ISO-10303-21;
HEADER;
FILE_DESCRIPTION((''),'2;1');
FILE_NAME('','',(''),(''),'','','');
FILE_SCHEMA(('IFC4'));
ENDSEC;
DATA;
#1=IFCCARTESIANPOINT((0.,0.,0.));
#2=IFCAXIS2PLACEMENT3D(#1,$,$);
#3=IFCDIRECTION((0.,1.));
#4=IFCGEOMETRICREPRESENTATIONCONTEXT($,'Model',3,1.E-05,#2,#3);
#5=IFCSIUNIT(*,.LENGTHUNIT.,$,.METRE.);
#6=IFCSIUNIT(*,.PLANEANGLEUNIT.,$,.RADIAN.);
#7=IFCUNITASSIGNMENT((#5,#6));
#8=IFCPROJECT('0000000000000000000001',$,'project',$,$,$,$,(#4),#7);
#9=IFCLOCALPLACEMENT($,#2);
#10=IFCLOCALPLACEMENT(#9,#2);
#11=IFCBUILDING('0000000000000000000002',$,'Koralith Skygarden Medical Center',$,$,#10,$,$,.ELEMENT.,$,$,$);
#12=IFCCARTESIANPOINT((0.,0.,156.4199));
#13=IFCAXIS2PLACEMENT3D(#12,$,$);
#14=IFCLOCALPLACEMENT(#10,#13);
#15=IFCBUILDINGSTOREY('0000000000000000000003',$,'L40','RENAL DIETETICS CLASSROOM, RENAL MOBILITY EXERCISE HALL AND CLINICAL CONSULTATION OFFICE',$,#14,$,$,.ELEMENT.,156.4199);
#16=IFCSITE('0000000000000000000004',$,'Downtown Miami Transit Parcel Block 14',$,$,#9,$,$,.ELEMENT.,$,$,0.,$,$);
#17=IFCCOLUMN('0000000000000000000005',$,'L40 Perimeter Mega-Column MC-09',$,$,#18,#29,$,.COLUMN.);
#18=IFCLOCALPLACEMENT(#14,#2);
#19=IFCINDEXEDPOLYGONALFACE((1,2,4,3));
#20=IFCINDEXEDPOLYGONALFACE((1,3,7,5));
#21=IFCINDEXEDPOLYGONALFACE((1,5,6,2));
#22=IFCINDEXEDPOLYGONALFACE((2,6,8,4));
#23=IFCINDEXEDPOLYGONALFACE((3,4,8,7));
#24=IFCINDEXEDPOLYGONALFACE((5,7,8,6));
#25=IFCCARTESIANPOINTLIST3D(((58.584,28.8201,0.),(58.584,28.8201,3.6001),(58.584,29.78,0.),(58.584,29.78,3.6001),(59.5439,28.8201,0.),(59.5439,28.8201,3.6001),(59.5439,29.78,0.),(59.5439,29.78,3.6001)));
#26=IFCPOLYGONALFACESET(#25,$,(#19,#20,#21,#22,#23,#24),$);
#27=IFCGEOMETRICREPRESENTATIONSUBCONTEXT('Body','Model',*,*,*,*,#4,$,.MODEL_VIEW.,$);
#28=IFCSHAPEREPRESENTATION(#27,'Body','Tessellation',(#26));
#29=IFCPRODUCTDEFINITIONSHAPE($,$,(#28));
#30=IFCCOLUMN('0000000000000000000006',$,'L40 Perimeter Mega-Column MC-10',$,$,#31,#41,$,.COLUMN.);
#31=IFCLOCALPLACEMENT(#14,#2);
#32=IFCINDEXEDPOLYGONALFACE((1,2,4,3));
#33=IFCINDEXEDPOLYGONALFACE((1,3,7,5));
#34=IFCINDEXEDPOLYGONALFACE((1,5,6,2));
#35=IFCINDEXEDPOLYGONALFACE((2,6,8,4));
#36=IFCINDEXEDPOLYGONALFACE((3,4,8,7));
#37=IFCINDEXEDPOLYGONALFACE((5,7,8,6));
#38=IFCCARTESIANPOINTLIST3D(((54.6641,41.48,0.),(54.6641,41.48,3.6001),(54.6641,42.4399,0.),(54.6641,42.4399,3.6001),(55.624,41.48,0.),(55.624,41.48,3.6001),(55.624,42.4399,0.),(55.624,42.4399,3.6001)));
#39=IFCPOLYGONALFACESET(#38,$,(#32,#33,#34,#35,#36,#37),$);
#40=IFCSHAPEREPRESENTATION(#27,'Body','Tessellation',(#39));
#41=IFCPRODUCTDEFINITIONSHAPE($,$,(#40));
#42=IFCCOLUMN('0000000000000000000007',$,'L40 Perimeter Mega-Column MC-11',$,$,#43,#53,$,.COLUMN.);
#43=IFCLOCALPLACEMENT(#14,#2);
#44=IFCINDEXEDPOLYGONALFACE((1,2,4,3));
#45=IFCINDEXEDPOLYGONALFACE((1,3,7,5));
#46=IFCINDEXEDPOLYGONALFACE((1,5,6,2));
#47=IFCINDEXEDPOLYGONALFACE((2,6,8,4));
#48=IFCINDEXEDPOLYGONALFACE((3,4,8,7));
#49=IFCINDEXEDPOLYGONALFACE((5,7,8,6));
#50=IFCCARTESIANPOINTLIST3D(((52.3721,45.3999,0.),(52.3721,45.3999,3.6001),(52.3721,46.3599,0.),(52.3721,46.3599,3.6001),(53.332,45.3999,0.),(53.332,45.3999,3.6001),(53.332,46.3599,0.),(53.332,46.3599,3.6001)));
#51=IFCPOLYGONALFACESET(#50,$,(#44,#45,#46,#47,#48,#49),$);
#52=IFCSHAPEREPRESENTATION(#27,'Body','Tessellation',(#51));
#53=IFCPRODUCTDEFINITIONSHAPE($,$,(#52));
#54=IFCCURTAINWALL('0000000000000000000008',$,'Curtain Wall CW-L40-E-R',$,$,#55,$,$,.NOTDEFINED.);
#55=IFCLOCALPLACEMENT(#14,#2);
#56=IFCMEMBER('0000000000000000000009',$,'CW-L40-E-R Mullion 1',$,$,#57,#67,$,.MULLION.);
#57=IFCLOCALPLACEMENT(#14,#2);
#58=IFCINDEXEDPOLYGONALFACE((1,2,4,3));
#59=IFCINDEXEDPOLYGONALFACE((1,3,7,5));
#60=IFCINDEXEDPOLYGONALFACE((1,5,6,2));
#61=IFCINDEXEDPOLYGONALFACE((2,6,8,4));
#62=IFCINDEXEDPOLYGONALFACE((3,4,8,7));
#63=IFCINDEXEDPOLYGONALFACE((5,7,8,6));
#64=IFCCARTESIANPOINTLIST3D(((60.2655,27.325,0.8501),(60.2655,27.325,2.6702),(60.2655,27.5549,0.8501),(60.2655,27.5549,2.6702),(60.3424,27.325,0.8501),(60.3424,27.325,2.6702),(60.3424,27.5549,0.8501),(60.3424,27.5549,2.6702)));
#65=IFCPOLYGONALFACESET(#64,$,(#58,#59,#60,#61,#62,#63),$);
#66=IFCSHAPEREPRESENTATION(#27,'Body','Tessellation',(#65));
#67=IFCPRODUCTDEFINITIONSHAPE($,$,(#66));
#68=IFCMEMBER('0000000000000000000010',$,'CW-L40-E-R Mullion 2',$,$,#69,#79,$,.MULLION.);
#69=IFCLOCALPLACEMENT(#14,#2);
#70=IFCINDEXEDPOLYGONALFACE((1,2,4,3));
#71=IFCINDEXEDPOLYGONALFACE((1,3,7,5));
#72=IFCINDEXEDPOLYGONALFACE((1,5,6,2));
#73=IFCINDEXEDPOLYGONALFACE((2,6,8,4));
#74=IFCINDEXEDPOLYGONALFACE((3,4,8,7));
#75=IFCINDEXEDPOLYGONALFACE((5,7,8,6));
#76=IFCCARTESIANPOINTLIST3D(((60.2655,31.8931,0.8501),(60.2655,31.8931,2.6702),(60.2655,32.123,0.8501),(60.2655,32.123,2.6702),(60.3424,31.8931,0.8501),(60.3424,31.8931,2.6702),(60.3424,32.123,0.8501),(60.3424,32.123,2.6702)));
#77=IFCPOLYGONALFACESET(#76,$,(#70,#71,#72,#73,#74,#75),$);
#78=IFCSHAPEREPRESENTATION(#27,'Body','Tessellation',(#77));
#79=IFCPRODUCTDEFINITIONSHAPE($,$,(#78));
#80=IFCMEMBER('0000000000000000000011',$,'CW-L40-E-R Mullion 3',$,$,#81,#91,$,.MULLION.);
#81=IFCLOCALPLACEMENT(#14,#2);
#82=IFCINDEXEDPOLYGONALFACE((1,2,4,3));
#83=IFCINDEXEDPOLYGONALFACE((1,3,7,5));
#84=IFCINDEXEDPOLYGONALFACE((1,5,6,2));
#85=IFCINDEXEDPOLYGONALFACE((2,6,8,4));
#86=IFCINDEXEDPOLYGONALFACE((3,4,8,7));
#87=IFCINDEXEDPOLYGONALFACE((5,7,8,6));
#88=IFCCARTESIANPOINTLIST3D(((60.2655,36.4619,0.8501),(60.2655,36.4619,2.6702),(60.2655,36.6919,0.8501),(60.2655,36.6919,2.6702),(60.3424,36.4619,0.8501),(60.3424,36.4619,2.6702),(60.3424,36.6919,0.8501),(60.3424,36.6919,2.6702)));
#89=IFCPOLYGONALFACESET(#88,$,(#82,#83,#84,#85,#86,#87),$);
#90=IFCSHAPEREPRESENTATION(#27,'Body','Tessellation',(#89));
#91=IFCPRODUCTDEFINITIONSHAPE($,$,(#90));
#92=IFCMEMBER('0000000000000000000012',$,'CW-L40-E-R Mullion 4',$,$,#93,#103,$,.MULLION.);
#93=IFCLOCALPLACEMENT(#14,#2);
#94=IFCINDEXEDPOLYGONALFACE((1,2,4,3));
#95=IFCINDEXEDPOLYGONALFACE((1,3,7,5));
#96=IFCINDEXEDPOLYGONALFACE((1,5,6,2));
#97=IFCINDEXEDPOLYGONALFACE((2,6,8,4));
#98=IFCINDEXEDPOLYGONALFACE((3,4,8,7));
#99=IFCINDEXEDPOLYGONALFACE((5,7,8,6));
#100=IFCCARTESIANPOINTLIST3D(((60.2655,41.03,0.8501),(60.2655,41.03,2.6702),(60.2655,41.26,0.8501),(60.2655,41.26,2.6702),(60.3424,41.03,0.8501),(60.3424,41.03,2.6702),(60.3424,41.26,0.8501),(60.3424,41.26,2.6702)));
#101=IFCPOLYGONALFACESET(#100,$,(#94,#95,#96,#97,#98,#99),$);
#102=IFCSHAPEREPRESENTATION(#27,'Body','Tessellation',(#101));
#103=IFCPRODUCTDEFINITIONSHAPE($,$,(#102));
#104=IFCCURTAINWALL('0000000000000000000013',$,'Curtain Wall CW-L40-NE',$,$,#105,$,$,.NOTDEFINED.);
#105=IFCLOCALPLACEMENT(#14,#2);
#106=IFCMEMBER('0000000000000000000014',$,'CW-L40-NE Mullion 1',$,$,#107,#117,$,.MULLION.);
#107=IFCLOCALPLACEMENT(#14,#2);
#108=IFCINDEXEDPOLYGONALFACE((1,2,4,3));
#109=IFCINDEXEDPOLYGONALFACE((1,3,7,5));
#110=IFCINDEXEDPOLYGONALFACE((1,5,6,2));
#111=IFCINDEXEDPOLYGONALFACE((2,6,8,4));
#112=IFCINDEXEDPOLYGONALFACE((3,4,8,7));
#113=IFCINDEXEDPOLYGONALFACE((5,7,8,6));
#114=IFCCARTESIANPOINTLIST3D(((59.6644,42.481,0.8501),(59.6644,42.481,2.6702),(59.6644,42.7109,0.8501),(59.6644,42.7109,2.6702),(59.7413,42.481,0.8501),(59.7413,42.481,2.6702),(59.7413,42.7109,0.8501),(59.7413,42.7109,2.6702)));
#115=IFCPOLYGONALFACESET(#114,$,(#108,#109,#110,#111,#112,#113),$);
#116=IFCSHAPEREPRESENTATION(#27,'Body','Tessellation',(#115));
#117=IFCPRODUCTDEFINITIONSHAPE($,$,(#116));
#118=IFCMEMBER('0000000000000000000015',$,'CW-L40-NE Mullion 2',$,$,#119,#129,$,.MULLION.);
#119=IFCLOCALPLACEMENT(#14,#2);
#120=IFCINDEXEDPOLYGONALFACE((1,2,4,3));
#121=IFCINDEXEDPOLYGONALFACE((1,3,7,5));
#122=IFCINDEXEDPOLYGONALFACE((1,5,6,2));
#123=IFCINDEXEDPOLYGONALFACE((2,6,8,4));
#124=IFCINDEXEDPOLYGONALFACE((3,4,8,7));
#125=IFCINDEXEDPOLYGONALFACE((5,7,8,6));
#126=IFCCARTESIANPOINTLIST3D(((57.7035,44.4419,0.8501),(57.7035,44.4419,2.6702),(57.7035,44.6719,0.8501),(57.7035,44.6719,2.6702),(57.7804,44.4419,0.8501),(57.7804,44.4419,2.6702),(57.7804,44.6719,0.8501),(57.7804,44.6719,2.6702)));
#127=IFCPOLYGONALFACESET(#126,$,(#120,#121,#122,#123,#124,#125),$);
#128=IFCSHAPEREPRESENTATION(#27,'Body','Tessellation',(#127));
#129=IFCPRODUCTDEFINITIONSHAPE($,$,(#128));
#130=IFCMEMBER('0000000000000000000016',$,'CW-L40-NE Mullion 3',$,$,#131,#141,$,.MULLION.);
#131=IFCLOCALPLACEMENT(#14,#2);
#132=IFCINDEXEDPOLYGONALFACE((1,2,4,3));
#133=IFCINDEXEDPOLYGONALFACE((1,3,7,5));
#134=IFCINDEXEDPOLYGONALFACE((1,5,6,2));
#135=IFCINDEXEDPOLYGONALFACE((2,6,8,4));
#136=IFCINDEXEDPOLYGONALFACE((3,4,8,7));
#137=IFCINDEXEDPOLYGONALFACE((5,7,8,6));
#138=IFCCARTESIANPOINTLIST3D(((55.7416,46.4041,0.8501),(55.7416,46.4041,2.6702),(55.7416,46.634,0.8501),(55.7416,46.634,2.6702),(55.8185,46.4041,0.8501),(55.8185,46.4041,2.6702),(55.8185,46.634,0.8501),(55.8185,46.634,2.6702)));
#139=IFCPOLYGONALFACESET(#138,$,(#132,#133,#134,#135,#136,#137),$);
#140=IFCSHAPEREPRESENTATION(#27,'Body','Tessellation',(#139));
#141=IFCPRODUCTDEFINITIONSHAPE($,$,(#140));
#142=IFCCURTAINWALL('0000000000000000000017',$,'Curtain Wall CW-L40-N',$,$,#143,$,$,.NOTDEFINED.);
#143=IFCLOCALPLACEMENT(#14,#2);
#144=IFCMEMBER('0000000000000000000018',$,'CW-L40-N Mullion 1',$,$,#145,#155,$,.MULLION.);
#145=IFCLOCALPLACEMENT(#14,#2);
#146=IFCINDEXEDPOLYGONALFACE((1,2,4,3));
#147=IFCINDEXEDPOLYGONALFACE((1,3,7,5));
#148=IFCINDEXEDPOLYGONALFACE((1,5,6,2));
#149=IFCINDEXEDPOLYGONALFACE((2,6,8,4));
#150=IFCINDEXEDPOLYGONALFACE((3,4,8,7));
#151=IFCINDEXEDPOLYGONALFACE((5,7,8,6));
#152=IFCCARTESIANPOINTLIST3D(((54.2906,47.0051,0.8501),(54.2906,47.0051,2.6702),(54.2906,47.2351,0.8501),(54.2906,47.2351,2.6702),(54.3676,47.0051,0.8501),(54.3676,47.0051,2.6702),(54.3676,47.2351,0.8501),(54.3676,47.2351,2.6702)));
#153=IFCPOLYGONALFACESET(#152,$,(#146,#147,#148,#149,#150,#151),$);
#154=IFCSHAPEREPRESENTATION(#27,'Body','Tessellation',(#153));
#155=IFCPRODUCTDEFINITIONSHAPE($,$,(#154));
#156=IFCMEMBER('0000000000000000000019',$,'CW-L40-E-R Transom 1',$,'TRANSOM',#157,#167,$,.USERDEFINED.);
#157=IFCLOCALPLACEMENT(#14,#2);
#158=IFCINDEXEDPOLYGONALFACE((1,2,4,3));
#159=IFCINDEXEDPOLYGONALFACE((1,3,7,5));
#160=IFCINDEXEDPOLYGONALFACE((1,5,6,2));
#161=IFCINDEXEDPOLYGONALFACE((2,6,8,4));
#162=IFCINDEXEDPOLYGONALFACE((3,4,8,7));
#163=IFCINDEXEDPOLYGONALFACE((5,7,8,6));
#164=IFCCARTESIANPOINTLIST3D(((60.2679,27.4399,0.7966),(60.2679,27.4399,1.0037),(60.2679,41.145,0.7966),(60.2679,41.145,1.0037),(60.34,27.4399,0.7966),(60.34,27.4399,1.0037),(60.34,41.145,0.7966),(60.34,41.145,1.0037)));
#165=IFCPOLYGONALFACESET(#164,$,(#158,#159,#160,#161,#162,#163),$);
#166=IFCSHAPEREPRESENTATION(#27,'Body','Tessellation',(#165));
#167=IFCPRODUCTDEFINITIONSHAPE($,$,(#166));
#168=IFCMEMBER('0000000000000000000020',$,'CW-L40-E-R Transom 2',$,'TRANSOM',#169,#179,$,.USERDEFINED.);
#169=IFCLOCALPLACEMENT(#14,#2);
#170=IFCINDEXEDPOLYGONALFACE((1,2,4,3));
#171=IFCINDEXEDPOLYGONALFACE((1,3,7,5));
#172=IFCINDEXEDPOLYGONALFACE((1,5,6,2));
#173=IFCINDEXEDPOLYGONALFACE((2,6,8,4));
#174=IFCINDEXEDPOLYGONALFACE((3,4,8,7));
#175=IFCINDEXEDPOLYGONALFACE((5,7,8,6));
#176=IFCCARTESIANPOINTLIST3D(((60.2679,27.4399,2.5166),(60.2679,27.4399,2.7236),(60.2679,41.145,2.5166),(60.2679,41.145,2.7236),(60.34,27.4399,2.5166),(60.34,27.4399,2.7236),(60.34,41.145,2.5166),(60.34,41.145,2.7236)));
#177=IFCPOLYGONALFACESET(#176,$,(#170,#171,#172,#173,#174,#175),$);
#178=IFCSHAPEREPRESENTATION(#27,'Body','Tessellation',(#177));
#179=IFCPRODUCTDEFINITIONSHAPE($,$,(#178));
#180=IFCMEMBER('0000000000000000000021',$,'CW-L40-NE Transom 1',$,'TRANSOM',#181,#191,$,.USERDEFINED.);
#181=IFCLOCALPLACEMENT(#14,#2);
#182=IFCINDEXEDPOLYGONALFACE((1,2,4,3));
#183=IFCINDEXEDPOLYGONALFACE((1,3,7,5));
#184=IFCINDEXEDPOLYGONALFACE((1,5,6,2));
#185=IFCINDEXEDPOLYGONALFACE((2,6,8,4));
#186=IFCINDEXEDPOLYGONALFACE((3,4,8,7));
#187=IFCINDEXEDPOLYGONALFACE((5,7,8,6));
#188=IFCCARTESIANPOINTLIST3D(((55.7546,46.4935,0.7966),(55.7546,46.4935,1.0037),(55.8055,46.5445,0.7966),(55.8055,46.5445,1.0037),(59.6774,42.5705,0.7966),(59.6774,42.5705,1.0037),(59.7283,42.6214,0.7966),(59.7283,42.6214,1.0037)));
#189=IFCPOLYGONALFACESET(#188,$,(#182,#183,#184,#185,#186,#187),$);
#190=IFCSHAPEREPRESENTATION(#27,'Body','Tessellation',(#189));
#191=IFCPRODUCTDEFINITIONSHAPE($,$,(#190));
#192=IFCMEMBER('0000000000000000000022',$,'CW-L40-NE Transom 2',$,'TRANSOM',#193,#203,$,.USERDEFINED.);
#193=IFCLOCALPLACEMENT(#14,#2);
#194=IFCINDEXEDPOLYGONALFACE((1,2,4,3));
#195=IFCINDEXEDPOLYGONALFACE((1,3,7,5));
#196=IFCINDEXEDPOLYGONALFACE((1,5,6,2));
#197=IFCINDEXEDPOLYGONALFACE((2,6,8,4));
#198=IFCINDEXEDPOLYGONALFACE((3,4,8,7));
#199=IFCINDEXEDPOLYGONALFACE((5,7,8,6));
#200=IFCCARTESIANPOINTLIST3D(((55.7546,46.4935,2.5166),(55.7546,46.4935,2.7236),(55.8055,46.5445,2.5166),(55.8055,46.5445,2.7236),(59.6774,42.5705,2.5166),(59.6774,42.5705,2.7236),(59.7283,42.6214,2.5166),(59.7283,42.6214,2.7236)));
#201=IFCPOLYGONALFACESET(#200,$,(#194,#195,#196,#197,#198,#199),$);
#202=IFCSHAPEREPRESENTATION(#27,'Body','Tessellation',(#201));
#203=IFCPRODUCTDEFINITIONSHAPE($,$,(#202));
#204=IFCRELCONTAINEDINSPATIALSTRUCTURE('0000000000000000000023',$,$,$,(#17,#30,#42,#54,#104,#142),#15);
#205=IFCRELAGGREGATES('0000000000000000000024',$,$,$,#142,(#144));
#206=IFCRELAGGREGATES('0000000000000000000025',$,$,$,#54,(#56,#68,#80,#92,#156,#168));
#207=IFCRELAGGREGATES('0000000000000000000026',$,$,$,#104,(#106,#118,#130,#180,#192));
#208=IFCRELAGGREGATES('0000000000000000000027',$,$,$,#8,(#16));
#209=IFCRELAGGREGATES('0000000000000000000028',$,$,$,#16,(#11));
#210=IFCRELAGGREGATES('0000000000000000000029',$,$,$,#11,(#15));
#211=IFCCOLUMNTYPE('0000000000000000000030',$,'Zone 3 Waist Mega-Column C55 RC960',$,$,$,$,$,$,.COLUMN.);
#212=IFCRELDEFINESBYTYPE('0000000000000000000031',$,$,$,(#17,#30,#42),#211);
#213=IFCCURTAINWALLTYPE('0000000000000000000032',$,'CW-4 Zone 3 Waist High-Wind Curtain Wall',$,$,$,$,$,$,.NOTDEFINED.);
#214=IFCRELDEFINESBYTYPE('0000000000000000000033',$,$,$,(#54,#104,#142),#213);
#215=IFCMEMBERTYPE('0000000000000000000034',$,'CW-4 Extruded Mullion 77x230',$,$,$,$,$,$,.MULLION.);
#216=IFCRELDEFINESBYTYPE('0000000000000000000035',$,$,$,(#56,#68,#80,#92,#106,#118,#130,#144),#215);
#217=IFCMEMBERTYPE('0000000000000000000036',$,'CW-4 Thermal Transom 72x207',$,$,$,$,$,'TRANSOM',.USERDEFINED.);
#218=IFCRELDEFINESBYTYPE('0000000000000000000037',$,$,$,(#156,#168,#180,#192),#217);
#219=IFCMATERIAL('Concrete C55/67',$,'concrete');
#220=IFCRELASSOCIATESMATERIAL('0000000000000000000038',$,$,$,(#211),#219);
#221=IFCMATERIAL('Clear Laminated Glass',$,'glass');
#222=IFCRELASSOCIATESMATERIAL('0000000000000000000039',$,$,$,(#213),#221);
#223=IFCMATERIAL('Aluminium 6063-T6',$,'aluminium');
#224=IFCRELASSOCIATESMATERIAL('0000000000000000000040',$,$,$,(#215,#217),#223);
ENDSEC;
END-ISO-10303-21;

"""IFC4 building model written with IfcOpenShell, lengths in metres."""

from ifc_helpers import new_model, si_unit, direction, frame, origin, origin_2d, place, context, subcontext, project, spatial, rectangle, extrude, material, material_profile, profile_set, type_object, element, aggregate, save


model = new_model("IFC4")

# Units and contexts
model_context = context("Model", 3, precision=1e-05, world=origin(), true_north=direction((0.0, 1.0)))
body_context = subcontext(model_context, "Body", "Model", "MODEL_VIEW")
ifc_project = project(units=[si_unit("LENGTHUNIT", "METRE"), si_unit("PLANEANGLEUNIT", "RADIAN")], contexts=[model_context])

# Site, building, storey
site_placement = place(None, origin())
site = spatial("IfcSite", under=ifc_project, at=site_placement, Name="Downtown Miami Transit Parcel Block 14", CompositionType="ELEMENT", RefElevation=0.0)
building_placement = place(site_placement, origin())
building = spatial("IfcBuilding", under=site, at=building_placement, Name="Koralith Skygarden Medical Center", CompositionType="ELEMENT")
storey_placement = place(building_placement, frame((0.0, 0.0, 156.4199)))
storey = spatial("IfcBuildingStorey", under=building, at=storey_placement, Name="L40", Description="RENAL DIETETICS CLASSROOM, RENAL MOBILITY EXERCISE HALL AND CLINICAL CONSULTATION OFFICE", CompositionType="ELEMENT", Elevation=156.4199)

# Columns
ifc_material_1 = material(Name="Concrete C55/67", Category="concrete")
ifc_material_profile_1 = material_profile(ifc_material_1, rectangle(XDim=0.96, YDim=0.96, at=origin_2d()), Name="RC960X960")
ifc_profile_set_1 = profile_set([ifc_material_profile_1], Name="Concrete C55/67")
column_type = type_object("IfcColumnType", Name="Zone 3 Waist Mega-Column C55 RC960", PredefinedType="COLUMN", material=ifc_profile_set_1)
for number, where, z_axis, x_axis, name in (
    (1, (59.064, 29.3, 0.0), (0.0, 0.0, 1.0), (1.0, 0.0, 0.0), "L40 Perimeter Mega-Column MC-09"),
    (2, (55.144, 41.96, 0.0), (0.0, 0.0, 1.0), (1.0, 0.0, 0.0), "L40 Perimeter Mega-Column MC-10"),
    (3, (52.8521, 45.8799, 0.0), (0.0, 0.0, 1.0), (1.0, 0.0, 0.0), "L40 Perimeter Mega-Column MC-11"),
):
    element("IfcColumn", number, at=place(storey_placement, frame(where, z_axis=z_axis, x_axis=x_axis)), inside=storey, type_object=column_type, Name=name, PredefinedType="COLUMN", context=body_context, shape_type="SweptSolid", body=[
        extrude(rectangle(XDim=0.96, YDim=0.96, at=origin_2d()), origin(), (0.0, 0.0, 1.0), 3.6001),
    ])

# Curtain walls, members
ifc_material_2 = material(Name="Clear Laminated Glass", Category="glass")
curtain_wall_type = type_object("IfcCurtainWallType", Name="CW-4 Zone 3 Waist High-Wind Curtain Wall", PredefinedType="NOTDEFINED", material=ifc_material_2)
curtain_wall_1_placement = place(storey_placement, origin())
curtain_wall_1 = element("IfcCurtainWall", 4, at=curtain_wall_1_placement, inside=storey, type_object=curtain_wall_type, Name="Curtain Wall CW-L40-E-R", PredefinedType="NOTDEFINED")
ifc_material_3 = material(Name="Aluminium 6063-T6", Category="aluminium")
ifc_material_profile_2 = material_profile(ifc_material_3, rectangle(XDim=0.0769, YDim=0.23, at=origin_2d()), Name="MUL77X230")
ifc_profile_set_2 = profile_set([ifc_material_profile_2], Name="Aluminium 6063-T6")
member_type_1 = type_object("IfcMemberType", Name="CW-4 Extruded Mullion 77x230", PredefinedType="MULLION", material=ifc_profile_set_2)
member_1_placement = place(storey_placement, frame((60.304, 27.4399, 0.8501), z_axis=(0.0, 0.0, 1.0), x_axis=(1.0, 0.0, 0.0)))
member_1 = element("IfcMember", 5, at=member_1_placement, type_object=member_type_1, Name="CW-L40-E-R Mullion 1", PredefinedType="MULLION", context=body_context, shape_type="SweptSolid", body=[
    extrude(rectangle(XDim=0.0769, YDim=0.23, at=origin_2d()), origin(), (0.0, 0.0, 1.0), 1.8201),
])
member_2_placement = place(storey_placement, frame((60.304, 32.0081, 0.8501), z_axis=(0.0, 0.0, 1.0), x_axis=(1.0, 0.0, 0.0)))
member_2 = element("IfcMember", 6, at=member_2_placement, type_object=member_type_1, Name="CW-L40-E-R Mullion 2", PredefinedType="MULLION", context=body_context, shape_type="SweptSolid", body=[
    extrude(rectangle(XDim=0.0769, YDim=0.23, at=origin_2d()), origin(), (0.0, 0.0, 1.0), 1.8201),
])
member_3_placement = place(storey_placement, frame((60.304, 36.5769, 0.8501), z_axis=(0.0, 0.0, 1.0), x_axis=(1.0, 0.0, 0.0)))
member_3 = element("IfcMember", 7, at=member_3_placement, type_object=member_type_1, Name="CW-L40-E-R Mullion 3", PredefinedType="MULLION", context=body_context, shape_type="SweptSolid", body=[
    extrude(rectangle(XDim=0.0769, YDim=0.23, at=origin_2d()), origin(), (0.0, 0.0, 1.0), 1.8201),
])
member_4_placement = place(storey_placement, frame((60.304, 41.145, 0.8501), z_axis=(0.0, 0.0, 1.0), x_axis=(1.0, 0.0, 0.0)))
member_4 = element("IfcMember", 8, at=member_4_placement, type_object=member_type_1, Name="CW-L40-E-R Mullion 4", PredefinedType="MULLION", context=body_context, shape_type="SweptSolid", body=[
    extrude(rectangle(XDim=0.0769, YDim=0.23, at=origin_2d()), origin(), (0.0, 0.0, 1.0), 1.8201),
])
curtain_wall_2_placement = place(storey_placement, origin())
curtain_wall_2 = element("IfcCurtainWall", 9, at=curtain_wall_2_placement, inside=storey, type_object=curtain_wall_type, Name="Curtain Wall CW-L40-NE", PredefinedType="NOTDEFINED")
member_5_placement = place(storey_placement, frame((59.7029, 42.5959, 0.8501), z_axis=(0.0, 0.0, 1.0), x_axis=(1.0, 0.0, 0.0)))
member_5 = element("IfcMember", 10, at=member_5_placement, type_object=member_type_1, Name="CW-L40-NE Mullion 1", PredefinedType="MULLION", context=body_context, shape_type="SweptSolid", body=[
    extrude(rectangle(XDim=0.0769, YDim=0.23, at=origin_2d()), origin(), (0.0, 0.0, 1.0), 1.8201),
])
member_6_placement = place(storey_placement, frame((57.7419, 44.5569, 0.8501), z_axis=(0.0, 0.0, 1.0), x_axis=(1.0, 0.0, 0.0)))
member_6 = element("IfcMember", 11, at=member_6_placement, type_object=member_type_1, Name="CW-L40-NE Mullion 2", PredefinedType="MULLION", context=body_context, shape_type="SweptSolid", body=[
    extrude(rectangle(XDim=0.0769, YDim=0.23, at=origin_2d()), origin(), (0.0, 0.0, 1.0), 1.8201),
])
member_7_placement = place(storey_placement, frame((55.78, 46.519, 0.8501), z_axis=(0.0, 0.0, 1.0), x_axis=(1.0, 0.0, 0.0)))
member_7 = element("IfcMember", 12, at=member_7_placement, type_object=member_type_1, Name="CW-L40-NE Mullion 3", PredefinedType="MULLION", context=body_context, shape_type="SweptSolid", body=[
    extrude(rectangle(XDim=0.0769, YDim=0.23, at=origin_2d()), origin(), (0.0, 0.0, 1.0), 1.8201),
])

# Curtain wall, member
curtain_wall_3_placement = place(storey_placement, origin())
curtain_wall_3 = element("IfcCurtainWall", 13, at=curtain_wall_3_placement, inside=storey, type_object=curtain_wall_type, Name="Curtain Wall CW-L40-N", PredefinedType="NOTDEFINED")
member_8_placement = place(storey_placement, frame((54.3291, 47.1201, 0.8501), z_axis=(0.0, 0.0, 1.0), x_axis=(1.0, 0.0, 0.0)))
member_8 = element("IfcMember", 14, at=member_8_placement, type_object=member_type_1, Name="CW-L40-N Mullion 1", PredefinedType="MULLION", context=body_context, shape_type="SweptSolid", body=[
    extrude(rectangle(XDim=0.0769, YDim=0.23, at=origin_2d()), origin(), (0.0, 0.0, 1.0), 1.8201),
])

# Members
ifc_material_profile_3 = material_profile(ifc_material_3, rectangle(XDim=0.072, YDim=0.207, at=origin_2d()), Name="TRN72X207")
ifc_profile_set_3 = profile_set([ifc_material_profile_3], Name="Aluminium 6063-T6")
member_type_2 = type_object("IfcMemberType", Name="CW-4 Thermal Transom 72x207", ElementType="TRANSOM", PredefinedType="USERDEFINED", material=ifc_profile_set_3)
member_9_placement = place(storey_placement, frame((60.304, 27.4399, 0.9001), z_axis=(0.0, 1.0, 0.0), x_axis=(-1.0, 0.0, 0.0)))
member_9 = element("IfcMember", 15, at=member_9_placement, type_object=member_type_2, Name="CW-L40-E-R Transom 1", ObjectType="TRANSOM", PredefinedType="USERDEFINED", context=body_context, shape_type="SweptSolid", body=[
    extrude(rectangle(XDim=0.072, YDim=0.207, at=origin_2d()), origin(), (0.0, 0.0, 1.0), 13.7051),
])
member_10_placement = place(storey_placement, frame((60.304, 27.4399, 2.6201), z_axis=(0.0, 1.0, 0.0), x_axis=(-1.0, 0.0, 0.0)))
member_10 = element("IfcMember", 16, at=member_10_placement, type_object=member_type_2, Name="CW-L40-E-R Transom 2", ObjectType="TRANSOM", PredefinedType="USERDEFINED", context=body_context, shape_type="SweptSolid", body=[
    extrude(rectangle(XDim=0.072, YDim=0.207, at=origin_2d()), origin(), (0.0, 0.0, 1.0), 13.7051),
])
member_11_placement = place(storey_placement, frame((59.7029, 42.5959, 0.9001), z_axis=(-0.707085, 0.707129, 0.0), x_axis=(-0.707129, -0.707085, 0.0)))
member_11 = element("IfcMember", 17, at=member_11_placement, type_object=member_type_2, Name="CW-L40-NE Transom 1", ObjectType="TRANSOM", PredefinedType="USERDEFINED", context=body_context, shape_type="SweptSolid", body=[
    extrude(rectangle(XDim=0.072, YDim=0.207, at=origin_2d()), origin(), (0.0, 0.0, 1.0), 5.5479),
])
member_12_placement = place(storey_placement, frame((59.7029, 42.5959, 2.6201), z_axis=(-0.707085, 0.707129, 0.0), x_axis=(-0.707129, -0.707085, 0.0)))
member_12 = element("IfcMember", 18, at=member_12_placement, type_object=member_type_2, Name="CW-L40-NE Transom 2", ObjectType="TRANSOM", PredefinedType="USERDEFINED", context=body_context, shape_type="SweptSolid", body=[
    extrude(rectangle(XDim=0.072, YDim=0.207, at=origin_2d()), origin(), (0.0, 0.0, 1.0), 5.5479),
])
aggregate(curtain_wall_3, [member_8])

aggregate(curtain_wall_1, [member_1, member_2, member_3, member_4, member_9, member_10])
aggregate(curtain_wall_2, [member_5, member_6, member_7, member_11, member_12])

save(model, "model.ifc")
